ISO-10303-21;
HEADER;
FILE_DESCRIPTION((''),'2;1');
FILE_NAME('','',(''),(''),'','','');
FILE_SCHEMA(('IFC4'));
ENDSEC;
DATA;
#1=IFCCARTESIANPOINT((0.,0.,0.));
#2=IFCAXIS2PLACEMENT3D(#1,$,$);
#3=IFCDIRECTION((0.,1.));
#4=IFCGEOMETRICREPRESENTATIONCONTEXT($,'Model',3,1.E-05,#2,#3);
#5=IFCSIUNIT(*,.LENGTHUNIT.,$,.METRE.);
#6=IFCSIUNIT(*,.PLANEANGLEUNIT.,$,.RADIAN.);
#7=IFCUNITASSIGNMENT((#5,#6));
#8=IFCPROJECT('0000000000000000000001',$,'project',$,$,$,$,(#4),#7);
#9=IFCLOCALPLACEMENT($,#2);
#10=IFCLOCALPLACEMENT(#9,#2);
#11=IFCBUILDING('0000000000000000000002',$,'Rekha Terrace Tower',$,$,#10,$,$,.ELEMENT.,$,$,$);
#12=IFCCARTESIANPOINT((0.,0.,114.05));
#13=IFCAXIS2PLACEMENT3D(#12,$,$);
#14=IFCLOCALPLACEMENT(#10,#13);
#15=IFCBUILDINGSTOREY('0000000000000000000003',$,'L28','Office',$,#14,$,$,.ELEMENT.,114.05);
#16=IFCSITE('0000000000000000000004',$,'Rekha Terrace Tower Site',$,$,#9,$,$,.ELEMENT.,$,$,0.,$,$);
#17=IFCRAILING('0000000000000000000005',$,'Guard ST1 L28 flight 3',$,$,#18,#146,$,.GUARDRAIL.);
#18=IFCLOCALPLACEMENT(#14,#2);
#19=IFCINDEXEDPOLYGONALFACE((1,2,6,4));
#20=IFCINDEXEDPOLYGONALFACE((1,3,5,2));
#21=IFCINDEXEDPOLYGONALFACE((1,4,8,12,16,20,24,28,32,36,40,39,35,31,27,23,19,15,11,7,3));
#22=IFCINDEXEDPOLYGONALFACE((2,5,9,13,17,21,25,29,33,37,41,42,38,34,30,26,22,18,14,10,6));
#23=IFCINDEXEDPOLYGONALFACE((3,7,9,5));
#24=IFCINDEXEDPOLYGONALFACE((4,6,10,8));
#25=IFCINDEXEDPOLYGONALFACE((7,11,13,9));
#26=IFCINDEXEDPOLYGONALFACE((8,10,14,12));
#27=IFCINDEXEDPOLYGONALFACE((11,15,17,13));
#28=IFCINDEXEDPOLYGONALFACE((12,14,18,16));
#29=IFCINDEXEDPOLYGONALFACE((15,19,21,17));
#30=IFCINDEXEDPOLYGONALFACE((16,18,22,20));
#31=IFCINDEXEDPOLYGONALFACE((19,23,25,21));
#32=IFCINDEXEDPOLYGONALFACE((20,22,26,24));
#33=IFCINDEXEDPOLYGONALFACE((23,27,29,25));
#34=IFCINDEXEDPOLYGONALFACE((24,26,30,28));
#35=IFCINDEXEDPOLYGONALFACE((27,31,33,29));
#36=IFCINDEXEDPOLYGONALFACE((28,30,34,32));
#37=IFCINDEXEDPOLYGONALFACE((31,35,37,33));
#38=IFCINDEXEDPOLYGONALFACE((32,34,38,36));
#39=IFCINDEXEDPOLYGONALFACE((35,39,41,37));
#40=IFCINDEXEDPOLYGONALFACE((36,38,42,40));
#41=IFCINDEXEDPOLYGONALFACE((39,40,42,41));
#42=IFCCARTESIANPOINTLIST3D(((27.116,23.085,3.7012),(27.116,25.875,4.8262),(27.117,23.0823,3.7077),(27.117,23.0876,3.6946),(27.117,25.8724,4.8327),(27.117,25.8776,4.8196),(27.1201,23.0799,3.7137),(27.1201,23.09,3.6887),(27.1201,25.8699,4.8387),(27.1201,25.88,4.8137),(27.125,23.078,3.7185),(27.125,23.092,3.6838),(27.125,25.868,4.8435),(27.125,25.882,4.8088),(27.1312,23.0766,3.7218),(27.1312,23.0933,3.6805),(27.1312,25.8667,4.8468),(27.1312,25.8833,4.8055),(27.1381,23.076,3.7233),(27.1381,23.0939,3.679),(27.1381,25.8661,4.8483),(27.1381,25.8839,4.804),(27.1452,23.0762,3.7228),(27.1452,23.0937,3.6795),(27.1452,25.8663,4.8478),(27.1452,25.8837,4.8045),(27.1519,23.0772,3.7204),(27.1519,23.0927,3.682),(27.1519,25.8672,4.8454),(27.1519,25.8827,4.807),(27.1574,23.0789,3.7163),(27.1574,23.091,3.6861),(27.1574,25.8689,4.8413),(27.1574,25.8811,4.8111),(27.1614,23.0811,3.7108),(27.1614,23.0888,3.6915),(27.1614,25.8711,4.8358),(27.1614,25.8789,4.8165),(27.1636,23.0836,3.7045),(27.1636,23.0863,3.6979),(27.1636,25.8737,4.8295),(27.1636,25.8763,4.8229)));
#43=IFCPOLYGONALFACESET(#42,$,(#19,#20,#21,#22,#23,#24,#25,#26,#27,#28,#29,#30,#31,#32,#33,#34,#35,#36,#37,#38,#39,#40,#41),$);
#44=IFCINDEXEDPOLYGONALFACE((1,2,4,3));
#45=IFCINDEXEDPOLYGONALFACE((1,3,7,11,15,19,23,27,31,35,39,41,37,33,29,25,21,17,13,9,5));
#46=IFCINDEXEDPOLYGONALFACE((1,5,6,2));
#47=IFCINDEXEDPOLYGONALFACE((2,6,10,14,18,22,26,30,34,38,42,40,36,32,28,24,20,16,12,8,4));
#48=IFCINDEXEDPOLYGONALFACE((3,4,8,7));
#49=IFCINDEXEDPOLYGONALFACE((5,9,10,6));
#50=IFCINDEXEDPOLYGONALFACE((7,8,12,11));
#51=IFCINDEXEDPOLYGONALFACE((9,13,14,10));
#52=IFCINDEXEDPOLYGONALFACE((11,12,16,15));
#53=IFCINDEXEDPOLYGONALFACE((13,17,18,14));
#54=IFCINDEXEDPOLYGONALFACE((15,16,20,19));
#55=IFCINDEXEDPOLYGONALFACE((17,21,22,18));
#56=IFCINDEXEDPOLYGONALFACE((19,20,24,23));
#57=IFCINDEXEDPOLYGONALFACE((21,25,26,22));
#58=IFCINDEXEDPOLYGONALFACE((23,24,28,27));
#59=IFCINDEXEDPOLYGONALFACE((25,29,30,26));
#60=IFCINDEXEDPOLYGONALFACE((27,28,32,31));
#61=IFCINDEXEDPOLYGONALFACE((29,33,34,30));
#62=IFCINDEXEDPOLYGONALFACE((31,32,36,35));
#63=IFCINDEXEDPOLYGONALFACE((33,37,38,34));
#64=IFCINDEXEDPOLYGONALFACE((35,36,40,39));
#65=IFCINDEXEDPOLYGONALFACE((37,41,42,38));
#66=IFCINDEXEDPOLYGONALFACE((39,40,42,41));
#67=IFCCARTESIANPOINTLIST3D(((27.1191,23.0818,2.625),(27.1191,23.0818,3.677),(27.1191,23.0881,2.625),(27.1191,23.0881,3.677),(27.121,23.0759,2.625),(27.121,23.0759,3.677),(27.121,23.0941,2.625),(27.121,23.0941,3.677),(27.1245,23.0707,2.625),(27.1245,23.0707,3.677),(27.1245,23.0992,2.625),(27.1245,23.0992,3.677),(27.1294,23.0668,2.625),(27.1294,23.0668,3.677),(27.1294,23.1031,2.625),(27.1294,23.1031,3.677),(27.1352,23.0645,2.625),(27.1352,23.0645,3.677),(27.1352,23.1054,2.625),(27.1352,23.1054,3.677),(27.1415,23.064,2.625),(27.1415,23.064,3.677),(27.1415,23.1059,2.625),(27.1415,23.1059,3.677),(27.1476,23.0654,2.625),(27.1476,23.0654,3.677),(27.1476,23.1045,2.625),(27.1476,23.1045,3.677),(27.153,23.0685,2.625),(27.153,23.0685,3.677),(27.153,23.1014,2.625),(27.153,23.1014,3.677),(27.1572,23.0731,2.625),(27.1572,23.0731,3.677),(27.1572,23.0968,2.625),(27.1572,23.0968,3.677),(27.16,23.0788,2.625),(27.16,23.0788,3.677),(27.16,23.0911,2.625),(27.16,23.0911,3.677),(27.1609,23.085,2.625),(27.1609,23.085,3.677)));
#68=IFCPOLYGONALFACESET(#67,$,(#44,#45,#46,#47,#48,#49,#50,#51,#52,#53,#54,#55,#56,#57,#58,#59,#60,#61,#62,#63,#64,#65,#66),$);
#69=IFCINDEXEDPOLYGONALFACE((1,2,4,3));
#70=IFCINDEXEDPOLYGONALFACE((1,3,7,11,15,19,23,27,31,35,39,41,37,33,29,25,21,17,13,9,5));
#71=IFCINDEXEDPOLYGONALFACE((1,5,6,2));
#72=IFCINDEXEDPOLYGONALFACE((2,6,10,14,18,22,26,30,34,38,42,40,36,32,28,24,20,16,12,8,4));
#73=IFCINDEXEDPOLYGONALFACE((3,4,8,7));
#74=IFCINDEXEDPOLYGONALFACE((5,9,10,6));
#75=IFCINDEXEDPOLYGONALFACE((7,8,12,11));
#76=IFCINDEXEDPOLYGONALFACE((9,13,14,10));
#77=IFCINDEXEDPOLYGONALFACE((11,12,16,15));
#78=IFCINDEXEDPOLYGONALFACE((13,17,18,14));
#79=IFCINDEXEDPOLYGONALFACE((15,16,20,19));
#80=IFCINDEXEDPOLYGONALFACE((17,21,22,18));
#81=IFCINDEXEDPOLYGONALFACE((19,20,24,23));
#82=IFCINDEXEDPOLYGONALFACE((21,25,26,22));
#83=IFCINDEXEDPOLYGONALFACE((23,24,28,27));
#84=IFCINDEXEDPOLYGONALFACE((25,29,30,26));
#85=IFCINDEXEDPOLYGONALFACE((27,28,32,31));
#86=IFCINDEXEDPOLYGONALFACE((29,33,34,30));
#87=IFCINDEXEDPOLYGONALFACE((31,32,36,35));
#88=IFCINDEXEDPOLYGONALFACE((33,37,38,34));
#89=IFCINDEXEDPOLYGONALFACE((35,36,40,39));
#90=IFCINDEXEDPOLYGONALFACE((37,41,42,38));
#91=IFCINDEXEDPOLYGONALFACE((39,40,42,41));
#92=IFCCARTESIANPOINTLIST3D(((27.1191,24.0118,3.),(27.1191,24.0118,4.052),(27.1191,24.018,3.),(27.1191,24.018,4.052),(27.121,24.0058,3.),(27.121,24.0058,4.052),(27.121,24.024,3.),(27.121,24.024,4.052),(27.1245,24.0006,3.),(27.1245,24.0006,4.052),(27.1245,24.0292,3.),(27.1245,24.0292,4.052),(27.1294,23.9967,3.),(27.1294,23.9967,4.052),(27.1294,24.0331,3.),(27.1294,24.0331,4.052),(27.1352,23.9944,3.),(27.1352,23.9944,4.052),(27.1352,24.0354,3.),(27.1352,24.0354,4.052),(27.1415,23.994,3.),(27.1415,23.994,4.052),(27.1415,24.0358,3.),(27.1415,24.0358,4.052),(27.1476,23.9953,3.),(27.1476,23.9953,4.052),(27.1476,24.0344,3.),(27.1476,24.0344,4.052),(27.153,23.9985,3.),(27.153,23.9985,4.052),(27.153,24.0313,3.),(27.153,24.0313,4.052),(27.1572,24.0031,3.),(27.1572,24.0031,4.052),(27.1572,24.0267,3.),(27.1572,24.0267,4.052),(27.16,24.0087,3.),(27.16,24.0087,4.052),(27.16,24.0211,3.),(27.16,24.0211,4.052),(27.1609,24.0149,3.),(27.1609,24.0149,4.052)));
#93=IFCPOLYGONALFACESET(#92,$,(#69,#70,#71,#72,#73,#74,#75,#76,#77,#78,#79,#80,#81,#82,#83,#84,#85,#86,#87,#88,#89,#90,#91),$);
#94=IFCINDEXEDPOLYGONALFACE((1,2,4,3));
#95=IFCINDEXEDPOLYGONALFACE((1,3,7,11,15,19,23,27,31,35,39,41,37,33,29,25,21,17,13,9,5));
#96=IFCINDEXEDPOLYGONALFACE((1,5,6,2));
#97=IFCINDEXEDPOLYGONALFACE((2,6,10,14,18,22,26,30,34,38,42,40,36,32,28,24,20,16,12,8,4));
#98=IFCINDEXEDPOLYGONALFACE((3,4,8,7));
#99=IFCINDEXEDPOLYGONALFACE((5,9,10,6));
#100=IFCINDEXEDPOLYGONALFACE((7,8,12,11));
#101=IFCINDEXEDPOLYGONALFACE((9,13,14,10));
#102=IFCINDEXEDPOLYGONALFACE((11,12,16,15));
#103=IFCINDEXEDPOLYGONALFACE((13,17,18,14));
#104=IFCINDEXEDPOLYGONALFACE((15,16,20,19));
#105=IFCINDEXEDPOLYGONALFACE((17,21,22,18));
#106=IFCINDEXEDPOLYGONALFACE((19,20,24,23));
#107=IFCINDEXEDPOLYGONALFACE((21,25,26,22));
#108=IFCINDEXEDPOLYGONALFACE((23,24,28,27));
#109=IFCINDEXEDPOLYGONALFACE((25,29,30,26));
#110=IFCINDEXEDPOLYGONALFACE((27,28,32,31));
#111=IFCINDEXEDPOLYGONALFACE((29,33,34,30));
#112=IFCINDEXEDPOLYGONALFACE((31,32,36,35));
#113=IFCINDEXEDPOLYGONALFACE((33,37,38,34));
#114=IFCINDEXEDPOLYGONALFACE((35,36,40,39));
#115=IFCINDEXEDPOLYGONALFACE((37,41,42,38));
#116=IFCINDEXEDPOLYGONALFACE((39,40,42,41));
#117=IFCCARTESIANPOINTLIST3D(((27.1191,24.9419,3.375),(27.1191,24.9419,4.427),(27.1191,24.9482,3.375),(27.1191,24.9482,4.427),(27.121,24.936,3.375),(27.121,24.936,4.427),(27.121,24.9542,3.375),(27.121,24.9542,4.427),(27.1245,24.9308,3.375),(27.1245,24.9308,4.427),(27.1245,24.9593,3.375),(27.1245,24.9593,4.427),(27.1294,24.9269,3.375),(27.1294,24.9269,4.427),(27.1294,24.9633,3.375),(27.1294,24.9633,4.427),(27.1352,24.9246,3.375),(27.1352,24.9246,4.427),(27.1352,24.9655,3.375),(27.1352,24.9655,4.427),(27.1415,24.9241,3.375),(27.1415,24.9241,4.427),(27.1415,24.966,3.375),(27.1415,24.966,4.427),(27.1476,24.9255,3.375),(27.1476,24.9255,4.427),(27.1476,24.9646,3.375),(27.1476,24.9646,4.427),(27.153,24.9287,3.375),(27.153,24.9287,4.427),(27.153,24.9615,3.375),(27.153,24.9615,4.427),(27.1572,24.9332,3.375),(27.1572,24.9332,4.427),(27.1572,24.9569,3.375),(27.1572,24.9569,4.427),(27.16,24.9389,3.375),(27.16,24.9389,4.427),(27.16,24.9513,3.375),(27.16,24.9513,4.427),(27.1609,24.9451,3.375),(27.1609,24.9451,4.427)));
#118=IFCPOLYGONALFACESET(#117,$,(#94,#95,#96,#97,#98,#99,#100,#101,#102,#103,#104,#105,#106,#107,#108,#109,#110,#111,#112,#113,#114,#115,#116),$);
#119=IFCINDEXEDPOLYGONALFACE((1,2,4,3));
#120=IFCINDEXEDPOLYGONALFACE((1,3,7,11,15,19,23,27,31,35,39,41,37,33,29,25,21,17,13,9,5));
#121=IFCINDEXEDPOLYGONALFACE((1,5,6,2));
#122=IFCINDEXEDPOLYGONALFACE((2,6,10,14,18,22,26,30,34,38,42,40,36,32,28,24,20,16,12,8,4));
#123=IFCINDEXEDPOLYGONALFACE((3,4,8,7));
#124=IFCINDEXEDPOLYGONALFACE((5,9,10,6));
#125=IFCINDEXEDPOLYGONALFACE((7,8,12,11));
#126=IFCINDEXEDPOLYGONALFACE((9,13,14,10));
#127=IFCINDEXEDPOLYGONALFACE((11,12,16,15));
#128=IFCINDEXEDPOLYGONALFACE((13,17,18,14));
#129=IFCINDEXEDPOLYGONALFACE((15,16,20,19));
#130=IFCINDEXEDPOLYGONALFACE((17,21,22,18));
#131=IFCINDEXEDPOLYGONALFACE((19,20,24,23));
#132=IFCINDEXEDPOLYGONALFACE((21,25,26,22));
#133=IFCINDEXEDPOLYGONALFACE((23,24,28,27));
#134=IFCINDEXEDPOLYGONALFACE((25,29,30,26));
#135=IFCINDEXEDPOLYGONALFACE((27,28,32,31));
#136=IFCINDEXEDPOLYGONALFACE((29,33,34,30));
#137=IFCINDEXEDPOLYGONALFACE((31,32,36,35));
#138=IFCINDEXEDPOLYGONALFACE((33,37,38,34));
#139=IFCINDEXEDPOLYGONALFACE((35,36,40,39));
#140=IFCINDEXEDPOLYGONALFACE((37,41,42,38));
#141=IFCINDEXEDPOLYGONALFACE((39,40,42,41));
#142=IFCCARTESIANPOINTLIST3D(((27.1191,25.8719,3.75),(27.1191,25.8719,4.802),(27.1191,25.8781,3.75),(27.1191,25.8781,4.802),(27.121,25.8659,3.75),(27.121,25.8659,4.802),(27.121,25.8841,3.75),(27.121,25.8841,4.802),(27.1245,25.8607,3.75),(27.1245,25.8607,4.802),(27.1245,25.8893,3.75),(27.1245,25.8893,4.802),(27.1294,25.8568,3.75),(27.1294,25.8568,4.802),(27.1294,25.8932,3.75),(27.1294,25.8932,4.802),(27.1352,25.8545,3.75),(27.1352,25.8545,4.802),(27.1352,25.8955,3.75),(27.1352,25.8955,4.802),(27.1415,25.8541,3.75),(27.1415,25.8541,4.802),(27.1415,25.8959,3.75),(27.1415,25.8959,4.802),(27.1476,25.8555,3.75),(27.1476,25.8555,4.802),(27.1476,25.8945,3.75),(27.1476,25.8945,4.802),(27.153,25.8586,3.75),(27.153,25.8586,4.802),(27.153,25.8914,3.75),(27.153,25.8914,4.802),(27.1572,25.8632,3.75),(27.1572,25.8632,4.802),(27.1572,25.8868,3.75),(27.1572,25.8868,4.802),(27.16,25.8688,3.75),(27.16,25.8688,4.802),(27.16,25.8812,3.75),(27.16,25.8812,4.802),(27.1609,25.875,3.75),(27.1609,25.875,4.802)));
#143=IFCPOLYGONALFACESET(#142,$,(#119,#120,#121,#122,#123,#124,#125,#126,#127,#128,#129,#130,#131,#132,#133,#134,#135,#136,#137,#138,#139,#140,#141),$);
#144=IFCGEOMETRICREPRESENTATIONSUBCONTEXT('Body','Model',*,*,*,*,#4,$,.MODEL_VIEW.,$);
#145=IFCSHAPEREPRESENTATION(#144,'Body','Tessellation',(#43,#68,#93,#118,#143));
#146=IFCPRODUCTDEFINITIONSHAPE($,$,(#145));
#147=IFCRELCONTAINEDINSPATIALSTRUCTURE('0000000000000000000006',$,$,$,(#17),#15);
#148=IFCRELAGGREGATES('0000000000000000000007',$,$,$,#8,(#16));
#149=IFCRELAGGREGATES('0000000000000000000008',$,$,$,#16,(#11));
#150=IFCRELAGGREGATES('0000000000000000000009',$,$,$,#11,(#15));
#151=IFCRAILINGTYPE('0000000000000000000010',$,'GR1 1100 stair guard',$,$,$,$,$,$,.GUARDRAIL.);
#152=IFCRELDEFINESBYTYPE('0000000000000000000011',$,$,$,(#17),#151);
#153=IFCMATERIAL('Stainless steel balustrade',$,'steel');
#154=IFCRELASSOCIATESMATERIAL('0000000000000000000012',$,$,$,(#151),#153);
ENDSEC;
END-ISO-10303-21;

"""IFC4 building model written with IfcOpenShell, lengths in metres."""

from ifc_helpers import new_model, si_unit, direction, frame, origin, origin_2d, place, context, subcontext, project, spatial, circle, extrude, material, type_object, element, save


model = new_model("IFC4")

# Units and contexts
model_context = context("Model", 3, precision=1e-05, world=origin(), true_north=direction((0.0, 1.0)))
body_context = subcontext(model_context, "Body", "Model", "MODEL_VIEW")
ifc_project = project(units=[si_unit("LENGTHUNIT", "METRE"), si_unit("PLANEANGLEUNIT", "RADIAN")], contexts=[model_context])

# Site, building, storey
site_placement = place(None, origin())
site = spatial("IfcSite", under=ifc_project, at=site_placement, Name="Rekha Terrace Tower Site", CompositionType="ELEMENT", RefElevation=0.0)
building_placement = place(site_placement, origin())
building = spatial("IfcBuilding", under=site, at=building_placement, Name="Rekha Terrace Tower", CompositionType="ELEMENT")
storey_placement = place(building_placement, frame((0.0, 0.0, 114.05)))
storey = spatial("IfcBuildingStorey", under=building, at=storey_placement, Name="L28", Description="Office", CompositionType="ELEMENT", Elevation=114.05)

# Railing
ifc_material_1 = material(Name="Stainless steel balustrade", Category="steel")
railing_type_1 = type_object("IfcRailingType", Name="GR1 1100 stair guard", PredefinedType="GUARDRAIL", material=ifc_material_1)
railing_1_placement = place(storey_placement, frame((27.1399, 23.085, 2.625)))
element("IfcRailing", 1, at=railing_1_placement, inside=storey, type_object=railing_type_1, Name="Guard ST1 L28 flight 3", PredefinedType="GUARDRAIL", context=body_context, shape_type="SweptSolid", body=[
    extrude(circle(Radius=0.0239, at=origin_2d()), frame((0.0, 0.0, 1.0762), z_axis=(0.0, 0.927443, 0.373964), x_axis=(-1.0, 0.0, 0.0)), (0.0, 0.0, 1.0), 3.0083),
    extrude(circle(Radius=0.021, at=origin_2d()), origin(), (0.0, 0.0, 1.0), 1.052),
    extrude(circle(Radius=0.021, at=origin_2d()), frame((0.0, 0.9299, 0.375)), (0.0, 0.0, 1.0), 1.052),
    extrude(circle(Radius=0.021, at=origin_2d()), frame((0.0, 1.8601, 0.75)), (0.0, 0.0, 1.0), 1.052),
    extrude(circle(Radius=0.021, at=origin_2d()), frame((0.0, 2.79, 1.125)), (0.0, 0.0, 1.0), 1.052),
])

save(model, "model.ifc")
